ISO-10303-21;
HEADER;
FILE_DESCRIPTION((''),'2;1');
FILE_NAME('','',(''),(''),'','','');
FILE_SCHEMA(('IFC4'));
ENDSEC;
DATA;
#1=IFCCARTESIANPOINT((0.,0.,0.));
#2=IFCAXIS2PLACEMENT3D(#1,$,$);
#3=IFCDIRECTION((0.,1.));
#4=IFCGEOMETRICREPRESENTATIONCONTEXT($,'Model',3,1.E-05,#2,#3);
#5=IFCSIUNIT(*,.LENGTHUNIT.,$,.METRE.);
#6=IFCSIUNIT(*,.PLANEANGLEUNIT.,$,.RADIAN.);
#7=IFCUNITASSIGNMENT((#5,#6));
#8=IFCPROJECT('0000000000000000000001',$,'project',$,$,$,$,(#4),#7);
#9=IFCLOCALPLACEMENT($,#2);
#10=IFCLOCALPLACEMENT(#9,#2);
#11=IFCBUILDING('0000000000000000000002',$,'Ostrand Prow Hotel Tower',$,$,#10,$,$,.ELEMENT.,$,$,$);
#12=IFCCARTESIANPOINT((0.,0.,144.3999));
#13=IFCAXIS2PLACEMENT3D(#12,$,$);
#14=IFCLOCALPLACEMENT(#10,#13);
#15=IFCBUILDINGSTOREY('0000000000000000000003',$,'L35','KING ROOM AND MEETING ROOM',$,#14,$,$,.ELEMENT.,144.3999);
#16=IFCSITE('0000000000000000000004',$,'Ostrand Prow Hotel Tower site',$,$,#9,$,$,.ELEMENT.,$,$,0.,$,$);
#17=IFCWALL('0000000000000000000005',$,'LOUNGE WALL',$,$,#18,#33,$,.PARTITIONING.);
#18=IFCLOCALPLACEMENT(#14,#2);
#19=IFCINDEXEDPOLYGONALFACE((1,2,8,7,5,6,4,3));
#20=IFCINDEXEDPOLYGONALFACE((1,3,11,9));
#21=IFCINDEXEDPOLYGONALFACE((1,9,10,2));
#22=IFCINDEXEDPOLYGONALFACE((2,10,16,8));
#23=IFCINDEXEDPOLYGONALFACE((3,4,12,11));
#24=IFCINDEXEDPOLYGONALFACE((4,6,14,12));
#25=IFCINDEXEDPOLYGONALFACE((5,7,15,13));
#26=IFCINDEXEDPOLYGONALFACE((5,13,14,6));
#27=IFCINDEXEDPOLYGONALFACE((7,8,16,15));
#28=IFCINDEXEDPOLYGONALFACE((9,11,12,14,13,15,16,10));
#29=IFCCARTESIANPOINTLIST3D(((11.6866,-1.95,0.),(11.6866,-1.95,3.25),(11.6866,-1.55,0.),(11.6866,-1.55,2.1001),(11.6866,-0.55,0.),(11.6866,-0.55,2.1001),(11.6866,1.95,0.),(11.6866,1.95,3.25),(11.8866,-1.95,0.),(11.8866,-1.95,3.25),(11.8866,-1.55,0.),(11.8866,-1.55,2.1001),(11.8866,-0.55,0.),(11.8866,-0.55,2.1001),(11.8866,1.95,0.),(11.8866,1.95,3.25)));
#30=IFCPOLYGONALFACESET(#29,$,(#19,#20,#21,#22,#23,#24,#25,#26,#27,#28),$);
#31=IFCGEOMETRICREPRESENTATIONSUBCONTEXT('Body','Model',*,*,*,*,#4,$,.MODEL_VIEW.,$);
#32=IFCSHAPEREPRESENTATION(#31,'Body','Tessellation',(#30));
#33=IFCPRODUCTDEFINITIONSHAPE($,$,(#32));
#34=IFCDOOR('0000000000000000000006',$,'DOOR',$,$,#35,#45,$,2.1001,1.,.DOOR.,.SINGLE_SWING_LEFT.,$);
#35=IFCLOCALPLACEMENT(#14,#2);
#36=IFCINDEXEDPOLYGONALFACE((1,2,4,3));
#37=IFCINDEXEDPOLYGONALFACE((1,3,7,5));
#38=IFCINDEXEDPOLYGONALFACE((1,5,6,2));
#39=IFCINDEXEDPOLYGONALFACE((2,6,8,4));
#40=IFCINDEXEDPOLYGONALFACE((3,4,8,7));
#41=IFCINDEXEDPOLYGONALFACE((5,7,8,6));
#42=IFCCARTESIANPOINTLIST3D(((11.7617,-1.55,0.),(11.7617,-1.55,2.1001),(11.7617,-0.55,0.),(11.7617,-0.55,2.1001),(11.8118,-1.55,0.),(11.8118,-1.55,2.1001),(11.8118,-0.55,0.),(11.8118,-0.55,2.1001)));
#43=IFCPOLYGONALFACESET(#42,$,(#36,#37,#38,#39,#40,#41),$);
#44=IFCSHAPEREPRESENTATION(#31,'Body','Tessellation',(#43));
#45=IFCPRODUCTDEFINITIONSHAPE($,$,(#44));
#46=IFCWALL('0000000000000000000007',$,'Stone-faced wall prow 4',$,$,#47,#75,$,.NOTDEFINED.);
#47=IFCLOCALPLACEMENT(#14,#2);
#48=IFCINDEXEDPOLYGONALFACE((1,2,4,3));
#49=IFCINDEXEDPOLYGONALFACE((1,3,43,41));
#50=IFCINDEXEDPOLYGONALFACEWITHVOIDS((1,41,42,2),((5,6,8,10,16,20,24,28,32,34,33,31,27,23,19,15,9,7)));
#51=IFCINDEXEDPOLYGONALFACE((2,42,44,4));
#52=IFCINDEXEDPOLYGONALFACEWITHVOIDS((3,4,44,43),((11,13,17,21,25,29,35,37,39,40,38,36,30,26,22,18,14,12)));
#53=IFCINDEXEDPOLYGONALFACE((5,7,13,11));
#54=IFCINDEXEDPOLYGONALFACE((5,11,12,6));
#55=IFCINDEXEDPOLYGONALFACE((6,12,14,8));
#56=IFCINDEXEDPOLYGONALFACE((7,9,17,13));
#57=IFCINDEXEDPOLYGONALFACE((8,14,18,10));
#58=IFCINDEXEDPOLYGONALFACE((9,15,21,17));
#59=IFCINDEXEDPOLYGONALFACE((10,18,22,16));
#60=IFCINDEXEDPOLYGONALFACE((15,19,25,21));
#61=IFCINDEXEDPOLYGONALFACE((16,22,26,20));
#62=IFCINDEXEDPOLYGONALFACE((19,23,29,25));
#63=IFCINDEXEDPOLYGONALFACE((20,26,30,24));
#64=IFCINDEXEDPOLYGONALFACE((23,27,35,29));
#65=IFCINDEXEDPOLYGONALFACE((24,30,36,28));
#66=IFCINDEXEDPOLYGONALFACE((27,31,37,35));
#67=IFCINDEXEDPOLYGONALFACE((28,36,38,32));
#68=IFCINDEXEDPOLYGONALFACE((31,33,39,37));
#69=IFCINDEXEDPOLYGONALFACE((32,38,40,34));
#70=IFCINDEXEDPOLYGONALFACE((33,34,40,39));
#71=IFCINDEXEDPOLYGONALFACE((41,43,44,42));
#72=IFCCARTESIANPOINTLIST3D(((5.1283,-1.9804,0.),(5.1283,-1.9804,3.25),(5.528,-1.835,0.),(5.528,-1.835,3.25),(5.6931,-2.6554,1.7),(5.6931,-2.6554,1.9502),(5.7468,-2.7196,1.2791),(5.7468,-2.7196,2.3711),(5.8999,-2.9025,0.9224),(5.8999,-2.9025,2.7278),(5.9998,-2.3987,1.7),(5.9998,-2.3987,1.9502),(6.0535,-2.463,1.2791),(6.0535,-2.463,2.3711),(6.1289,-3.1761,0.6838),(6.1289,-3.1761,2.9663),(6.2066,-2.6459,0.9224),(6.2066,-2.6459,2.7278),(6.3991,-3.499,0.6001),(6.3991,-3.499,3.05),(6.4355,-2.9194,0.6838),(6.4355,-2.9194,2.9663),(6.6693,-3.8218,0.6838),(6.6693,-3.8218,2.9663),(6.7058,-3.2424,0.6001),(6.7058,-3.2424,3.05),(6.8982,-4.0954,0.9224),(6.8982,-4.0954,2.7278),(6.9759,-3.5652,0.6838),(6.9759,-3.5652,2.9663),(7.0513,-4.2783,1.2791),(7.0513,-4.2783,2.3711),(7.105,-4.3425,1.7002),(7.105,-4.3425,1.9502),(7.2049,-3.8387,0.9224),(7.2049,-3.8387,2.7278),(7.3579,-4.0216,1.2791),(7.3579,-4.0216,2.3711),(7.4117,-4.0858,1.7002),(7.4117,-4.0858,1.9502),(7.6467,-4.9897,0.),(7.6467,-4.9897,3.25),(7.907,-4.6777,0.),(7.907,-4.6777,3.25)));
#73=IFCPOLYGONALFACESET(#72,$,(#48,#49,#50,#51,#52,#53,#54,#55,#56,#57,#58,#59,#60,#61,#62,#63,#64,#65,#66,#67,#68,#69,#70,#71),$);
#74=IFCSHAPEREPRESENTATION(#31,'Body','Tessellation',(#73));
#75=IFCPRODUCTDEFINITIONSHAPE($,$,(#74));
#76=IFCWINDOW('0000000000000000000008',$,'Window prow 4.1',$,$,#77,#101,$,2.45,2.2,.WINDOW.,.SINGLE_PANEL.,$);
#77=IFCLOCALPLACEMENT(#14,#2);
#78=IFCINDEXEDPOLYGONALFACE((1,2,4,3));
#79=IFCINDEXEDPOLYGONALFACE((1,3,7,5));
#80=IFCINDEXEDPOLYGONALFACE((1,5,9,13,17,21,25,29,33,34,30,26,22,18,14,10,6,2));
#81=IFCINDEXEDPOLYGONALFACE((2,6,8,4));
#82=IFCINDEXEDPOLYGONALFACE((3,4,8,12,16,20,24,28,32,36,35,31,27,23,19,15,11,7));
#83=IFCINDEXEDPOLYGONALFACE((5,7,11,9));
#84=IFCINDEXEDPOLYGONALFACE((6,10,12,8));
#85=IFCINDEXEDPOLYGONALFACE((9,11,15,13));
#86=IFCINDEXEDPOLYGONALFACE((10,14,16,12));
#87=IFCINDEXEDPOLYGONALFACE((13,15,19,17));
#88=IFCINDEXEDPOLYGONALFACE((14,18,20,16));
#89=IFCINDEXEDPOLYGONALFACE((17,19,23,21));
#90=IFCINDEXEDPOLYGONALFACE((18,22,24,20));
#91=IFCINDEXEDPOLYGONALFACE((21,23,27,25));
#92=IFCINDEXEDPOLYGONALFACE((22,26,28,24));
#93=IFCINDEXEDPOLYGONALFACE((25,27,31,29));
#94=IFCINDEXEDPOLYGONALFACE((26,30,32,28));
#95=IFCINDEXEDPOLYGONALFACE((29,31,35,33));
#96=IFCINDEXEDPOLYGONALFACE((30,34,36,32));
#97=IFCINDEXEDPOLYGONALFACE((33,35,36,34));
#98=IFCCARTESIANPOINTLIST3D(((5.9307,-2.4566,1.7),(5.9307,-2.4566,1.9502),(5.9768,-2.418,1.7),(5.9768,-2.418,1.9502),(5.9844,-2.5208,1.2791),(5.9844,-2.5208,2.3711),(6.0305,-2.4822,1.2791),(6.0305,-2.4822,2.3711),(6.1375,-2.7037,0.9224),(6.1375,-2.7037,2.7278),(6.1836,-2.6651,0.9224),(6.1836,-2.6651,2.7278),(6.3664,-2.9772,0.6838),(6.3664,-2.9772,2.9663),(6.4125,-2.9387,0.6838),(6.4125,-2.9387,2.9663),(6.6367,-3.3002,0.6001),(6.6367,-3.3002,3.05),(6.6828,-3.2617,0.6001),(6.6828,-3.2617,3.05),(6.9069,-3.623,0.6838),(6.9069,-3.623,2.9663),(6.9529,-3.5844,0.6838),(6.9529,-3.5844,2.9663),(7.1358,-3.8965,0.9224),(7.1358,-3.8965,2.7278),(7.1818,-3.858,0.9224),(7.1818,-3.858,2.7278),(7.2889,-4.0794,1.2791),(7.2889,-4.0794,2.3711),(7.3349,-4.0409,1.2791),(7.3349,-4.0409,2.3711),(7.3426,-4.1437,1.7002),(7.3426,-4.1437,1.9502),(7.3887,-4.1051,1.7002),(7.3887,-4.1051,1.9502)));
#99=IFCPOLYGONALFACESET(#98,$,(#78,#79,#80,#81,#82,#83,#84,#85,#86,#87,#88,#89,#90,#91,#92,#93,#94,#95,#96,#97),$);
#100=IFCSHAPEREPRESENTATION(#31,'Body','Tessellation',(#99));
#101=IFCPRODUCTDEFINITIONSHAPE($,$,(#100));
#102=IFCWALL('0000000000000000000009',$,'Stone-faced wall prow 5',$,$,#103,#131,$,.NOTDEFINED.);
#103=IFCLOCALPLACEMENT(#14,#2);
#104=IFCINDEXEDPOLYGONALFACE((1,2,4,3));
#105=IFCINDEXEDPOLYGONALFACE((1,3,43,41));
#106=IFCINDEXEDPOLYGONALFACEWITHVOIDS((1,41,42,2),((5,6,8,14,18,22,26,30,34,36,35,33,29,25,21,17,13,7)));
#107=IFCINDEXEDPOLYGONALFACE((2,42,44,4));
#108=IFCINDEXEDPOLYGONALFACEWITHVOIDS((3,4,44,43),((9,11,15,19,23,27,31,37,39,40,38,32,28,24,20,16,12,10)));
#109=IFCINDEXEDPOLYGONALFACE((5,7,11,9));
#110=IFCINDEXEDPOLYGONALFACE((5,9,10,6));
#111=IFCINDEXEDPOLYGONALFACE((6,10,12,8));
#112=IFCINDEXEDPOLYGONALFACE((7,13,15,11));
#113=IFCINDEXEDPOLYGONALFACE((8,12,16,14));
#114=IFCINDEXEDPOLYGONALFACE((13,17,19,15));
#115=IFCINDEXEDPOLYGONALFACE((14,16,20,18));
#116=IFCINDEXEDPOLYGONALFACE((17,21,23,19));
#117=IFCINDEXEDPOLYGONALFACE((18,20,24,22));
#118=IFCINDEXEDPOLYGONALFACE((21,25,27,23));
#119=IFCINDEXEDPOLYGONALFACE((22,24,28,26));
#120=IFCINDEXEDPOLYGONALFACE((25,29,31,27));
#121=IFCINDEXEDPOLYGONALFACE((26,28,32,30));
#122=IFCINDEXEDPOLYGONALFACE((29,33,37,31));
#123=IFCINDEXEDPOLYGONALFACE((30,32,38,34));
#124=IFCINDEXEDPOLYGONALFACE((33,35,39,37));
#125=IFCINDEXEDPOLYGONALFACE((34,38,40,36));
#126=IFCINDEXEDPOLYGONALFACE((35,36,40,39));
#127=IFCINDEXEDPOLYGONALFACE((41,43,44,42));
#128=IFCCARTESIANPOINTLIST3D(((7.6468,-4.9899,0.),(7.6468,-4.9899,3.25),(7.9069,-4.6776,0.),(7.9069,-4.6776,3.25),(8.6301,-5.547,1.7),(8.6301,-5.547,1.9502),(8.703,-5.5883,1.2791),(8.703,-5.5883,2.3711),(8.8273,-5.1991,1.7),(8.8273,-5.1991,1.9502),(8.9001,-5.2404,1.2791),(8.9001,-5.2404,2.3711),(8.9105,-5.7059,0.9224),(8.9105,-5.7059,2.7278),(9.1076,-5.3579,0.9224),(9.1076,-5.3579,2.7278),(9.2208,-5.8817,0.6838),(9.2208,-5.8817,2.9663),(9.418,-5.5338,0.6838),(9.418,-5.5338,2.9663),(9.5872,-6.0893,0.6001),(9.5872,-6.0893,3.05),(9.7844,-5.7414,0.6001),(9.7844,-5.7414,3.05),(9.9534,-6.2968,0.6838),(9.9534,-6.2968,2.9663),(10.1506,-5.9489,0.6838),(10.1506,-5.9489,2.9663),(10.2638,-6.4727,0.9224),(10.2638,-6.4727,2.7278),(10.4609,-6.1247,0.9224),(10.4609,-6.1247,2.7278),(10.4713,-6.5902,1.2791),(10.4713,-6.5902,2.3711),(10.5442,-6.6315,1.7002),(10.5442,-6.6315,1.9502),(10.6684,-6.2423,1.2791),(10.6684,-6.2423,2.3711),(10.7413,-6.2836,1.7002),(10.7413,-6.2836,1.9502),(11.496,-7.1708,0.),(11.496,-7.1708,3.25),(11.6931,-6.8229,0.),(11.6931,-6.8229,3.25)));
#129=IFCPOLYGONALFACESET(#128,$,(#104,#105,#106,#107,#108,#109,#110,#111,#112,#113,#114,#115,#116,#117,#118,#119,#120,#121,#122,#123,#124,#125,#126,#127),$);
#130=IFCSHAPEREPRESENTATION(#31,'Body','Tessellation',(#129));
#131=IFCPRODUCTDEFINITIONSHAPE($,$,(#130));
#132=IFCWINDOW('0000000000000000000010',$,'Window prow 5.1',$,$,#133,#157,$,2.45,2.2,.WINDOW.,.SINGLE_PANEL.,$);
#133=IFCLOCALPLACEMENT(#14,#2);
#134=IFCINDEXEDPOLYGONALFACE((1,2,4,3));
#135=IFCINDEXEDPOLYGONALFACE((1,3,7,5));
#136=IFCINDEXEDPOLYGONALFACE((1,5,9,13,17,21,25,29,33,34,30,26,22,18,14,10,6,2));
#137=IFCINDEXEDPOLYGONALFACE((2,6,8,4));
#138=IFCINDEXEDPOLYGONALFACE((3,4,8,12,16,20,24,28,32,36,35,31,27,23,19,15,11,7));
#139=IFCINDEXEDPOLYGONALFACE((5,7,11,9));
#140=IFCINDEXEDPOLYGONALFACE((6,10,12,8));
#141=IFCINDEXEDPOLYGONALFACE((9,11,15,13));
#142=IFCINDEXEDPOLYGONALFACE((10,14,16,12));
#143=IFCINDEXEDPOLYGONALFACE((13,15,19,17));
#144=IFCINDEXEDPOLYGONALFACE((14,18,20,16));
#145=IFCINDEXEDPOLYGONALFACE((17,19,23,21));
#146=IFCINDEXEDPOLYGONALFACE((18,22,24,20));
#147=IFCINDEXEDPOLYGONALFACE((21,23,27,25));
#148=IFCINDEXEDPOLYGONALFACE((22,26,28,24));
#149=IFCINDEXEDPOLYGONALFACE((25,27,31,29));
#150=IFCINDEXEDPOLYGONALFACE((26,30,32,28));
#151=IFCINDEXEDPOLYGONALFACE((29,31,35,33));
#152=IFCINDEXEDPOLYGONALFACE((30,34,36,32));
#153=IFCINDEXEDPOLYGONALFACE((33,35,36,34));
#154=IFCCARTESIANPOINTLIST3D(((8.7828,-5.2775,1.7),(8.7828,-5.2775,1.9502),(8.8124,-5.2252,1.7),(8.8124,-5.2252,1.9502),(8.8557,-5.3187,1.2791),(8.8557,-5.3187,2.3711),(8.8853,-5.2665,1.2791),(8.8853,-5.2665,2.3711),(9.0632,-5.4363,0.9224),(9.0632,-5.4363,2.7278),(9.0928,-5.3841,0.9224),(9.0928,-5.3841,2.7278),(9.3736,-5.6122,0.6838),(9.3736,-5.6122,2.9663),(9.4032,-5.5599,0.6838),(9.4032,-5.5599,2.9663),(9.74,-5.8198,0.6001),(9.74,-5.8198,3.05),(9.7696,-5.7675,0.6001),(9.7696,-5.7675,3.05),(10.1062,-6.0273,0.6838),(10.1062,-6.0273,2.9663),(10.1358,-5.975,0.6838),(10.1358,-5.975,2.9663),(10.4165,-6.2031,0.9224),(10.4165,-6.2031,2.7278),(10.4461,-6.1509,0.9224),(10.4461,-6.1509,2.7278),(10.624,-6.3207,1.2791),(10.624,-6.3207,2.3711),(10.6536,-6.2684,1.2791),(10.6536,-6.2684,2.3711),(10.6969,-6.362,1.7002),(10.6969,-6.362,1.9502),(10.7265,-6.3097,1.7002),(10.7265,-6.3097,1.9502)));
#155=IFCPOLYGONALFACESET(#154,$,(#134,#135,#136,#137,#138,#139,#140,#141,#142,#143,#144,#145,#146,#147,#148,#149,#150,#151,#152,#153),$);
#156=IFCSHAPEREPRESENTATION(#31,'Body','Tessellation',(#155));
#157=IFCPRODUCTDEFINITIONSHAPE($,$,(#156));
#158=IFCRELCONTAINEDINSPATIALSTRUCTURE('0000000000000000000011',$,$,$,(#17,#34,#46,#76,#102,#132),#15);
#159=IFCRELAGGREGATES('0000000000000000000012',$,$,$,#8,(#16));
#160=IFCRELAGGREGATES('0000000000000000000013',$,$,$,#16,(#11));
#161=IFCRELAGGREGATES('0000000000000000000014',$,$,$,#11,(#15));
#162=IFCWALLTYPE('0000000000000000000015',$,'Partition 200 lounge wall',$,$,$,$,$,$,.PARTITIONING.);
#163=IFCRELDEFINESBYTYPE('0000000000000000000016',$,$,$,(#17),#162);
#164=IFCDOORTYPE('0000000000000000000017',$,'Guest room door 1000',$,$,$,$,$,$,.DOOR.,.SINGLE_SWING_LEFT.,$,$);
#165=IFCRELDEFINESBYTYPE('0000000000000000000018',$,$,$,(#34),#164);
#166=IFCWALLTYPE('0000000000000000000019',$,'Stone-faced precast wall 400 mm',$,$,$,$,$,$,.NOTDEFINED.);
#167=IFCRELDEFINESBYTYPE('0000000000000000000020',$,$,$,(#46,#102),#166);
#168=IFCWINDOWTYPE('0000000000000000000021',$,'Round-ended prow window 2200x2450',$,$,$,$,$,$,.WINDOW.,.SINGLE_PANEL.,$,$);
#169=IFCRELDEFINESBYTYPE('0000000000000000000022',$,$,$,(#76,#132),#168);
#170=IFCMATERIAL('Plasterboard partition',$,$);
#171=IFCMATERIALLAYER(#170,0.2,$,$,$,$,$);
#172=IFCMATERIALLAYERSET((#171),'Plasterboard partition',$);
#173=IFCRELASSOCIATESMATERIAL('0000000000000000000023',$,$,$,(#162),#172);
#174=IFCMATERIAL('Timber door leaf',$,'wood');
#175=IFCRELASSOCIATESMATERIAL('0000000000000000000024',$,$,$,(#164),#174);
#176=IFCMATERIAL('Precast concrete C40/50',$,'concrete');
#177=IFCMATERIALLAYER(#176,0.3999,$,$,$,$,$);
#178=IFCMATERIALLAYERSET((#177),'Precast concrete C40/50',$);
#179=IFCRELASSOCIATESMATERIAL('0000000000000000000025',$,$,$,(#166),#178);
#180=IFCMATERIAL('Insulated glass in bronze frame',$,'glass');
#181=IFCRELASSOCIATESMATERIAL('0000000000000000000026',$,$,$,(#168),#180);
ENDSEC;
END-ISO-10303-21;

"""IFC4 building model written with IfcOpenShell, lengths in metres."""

from ifc_helpers import new_model, si_unit, direction, frame, frame_2d, origin, place, context, subcontext, project, spatial, polyline, rectangle, outline, extrude, material, layer, layer_set, type_object, element, fill, save


model = new_model("IFC4")

# Units and contexts
model_context = context("Model", 3, precision=1e-05, world=origin(), true_north=direction((0.0, 1.0)))
body_context = subcontext(model_context, "Body", "Model", "MODEL_VIEW")
ifc_project = project(units=[si_unit("LENGTHUNIT", "METRE"), si_unit("PLANEANGLEUNIT", "RADIAN")], contexts=[model_context])

# Site, building, storey
site_placement = place(None, origin())
site = spatial("IfcSite", under=ifc_project, at=site_placement, Name="Ostrand Prow Hotel Tower site", CompositionType="ELEMENT", RefElevation=0.0)
building_placement = place(site_placement, origin())
building = spatial("IfcBuilding", under=site, at=building_placement, Name="Ostrand Prow Hotel Tower", CompositionType="ELEMENT")
storey_placement = place(building_placement, frame((0.0, 0.0, 144.3999)))
storey = spatial("IfcBuildingStorey", under=building, at=storey_placement, Name="L35", Description="KING ROOM AND MEETING ROOM", CompositionType="ELEMENT", Elevation=144.3999)

# Wall, opening, door
ifc_material_1 = material(Name="Plasterboard partition")
ifc_layer_1 = layer(ifc_material_1, 0.2)
ifc_layer_set_1 = layer_set([ifc_layer_1], Name="Plasterboard partition")
wall_type_1 = type_object("IfcWallType", Name="Partition 200 lounge wall", PredefinedType="PARTITIONING", material=ifc_layer_set_1)
wall_1_placement = place(storey_placement, frame((11.7866, -1.95, 0.0), z_axis=(0.0, 0.0, 1.0), x_axis=(0.0, 1.0, 0.0)))
wall_1 = element("IfcWall", 1, at=wall_1_placement, inside=storey, type_object=wall_type_1, Name="LOUNGE WALL", PredefinedType="PARTITIONING", context=body_context, shape_type="SweptSolid", body=[
    extrude(rectangle(XDim=3.8999, YDim=0.2, at=frame_2d((1.95, 0.0))), origin(), (0.0, 0.0, 1.0), 3.25),
])
opening_1_placement = place(wall_1_placement, frame((0.3999, 0.0, 0.0)))
opening_1 = element("IfcOpeningElement", 2, at=opening_1_placement, cuts=wall_1, PredefinedType="OPENING", context=body_context, shape_type="SweptSolid", body=[
    extrude(rectangle(XDim=1.0, YDim=2.1001, at=frame_2d((0.5, 1.05))), frame((0.0, 0.1099, 0.0), z_axis=(0.0, -1.0, 0.0), x_axis=(1.0, 0.0, 0.0)), (0.0, 0.0, 1.0), 0.22),
])
ifc_material_2 = material(Name="Timber door leaf", Category="wood")
door_type_1 = type_object("IfcDoorType", Name="Guest room door 1000", OperationType="SINGLE_SWING_LEFT", PredefinedType="DOOR", material=ifc_material_2)
door_1_placement = place(opening_1_placement, origin())
door_1 = element("IfcDoor", 3, at=door_1_placement, inside=storey, type_object=door_type_1, Name="DOOR", OperationType="SINGLE_SWING_LEFT", OverallHeight=2.1001, OverallWidth=1.0, PredefinedType="DOOR", context=body_context, shape_type="SweptSolid", body=[
    extrude(rectangle(XDim=1.0, YDim=2.1001, at=frame_2d((0.5, 1.05))), frame((0.0, 0.0249, 0.0), z_axis=(0.0, -1.0, 0.0), x_axis=(1.0, 0.0, 0.0)), (0.0, 0.0, 1.0), 0.05),
])
fill(opening_1, door_1)

# Walls, openings, windows
ifc_material_3 = material(Name="Precast concrete C40/50", Category="concrete")
ifc_layer_2 = layer(ifc_material_3, 0.3999)
ifc_layer_set_2 = layer_set([ifc_layer_2], Name="Precast concrete C40/50")
wall_type_2 = type_object("IfcWallType", Name="Stone-faced precast wall 400 mm", PredefinedType="NOTDEFINED", material=ifc_layer_set_2)
wall_2_placement = place(storey_placement, frame((5.3281, -1.9077, 0.0), z_axis=(0.0, 0.0, 1.0), x_axis=(0.641788, -0.766882, 0.0)))
wall_2 = element("IfcWall", 4, at=wall_2_placement, inside=storey, type_object=wall_type_2, Name="Stone-faced wall prow 4", PredefinedType="NOTDEFINED", context=body_context, shape_type="SweptSolid", body=[
    extrude(outline(polyline([(-0.0725, -0.2), (3.8516, -0.2), (3.7793, 0.2), (0.0725, 0.2), (-0.0725, -0.2)])), origin(), (0.0, 0.0, 1.0), 3.25),
])
opening_2_placement = place(wall_2_placement, frame((0.8076, 0.0, 0.6001)))
opening_2 = element("IfcOpeningElement", 5, at=opening_2_placement, cuts=wall_2, PredefinedType="OPENING", context=body_context, shape_type="SweptSolid", body=[
    extrude(outline(polyline([(0.0, 1.3501), (0.0837, 1.771), (0.3223, 2.1277), (0.679, 2.3662), (1.1001, 2.45), (1.521, 2.3662), (1.8777, 2.1277), (2.1162, 1.771), (2.2, 1.3501), (2.2, 1.1001), (2.1162, 0.679), (1.8777, 0.3223), (1.521, 0.0837), (1.1001, 0.0), (0.679, 0.0837), (0.3223, 0.3223), (0.0837, 0.679), (0.0, 1.0999), (0.0, 1.3501)])), frame((0.0, 0.21, 0.0), z_axis=(0.0, -1.0, 0.0), x_axis=(1.0, 0.0, 0.0)), (0.0, 0.0, 1.0), 0.4199),
])
ifc_material_4 = material(Name="Insulated glass in bronze frame", Category="glass")
window_type = type_object("IfcWindowType", Name="Round-ended prow window 2200x2450", PartitioningType="SINGLE_PANEL", PredefinedType="WINDOW", material=ifc_material_4)
window_1_placement = place(opening_2_placement, origin())
window_1 = element("IfcWindow", 6, at=window_1_placement, inside=storey, type_object=window_type, Name="Window prow 4.1", OverallHeight=2.45, OverallWidth=2.2, PartitioningType="SINGLE_PANEL", PredefinedType="WINDOW", context=body_context, shape_type="SweptSolid", body=[
    extrude(outline(polyline([(0.0, 1.3501), (0.0837, 1.771), (0.3223, 2.1277), (0.679, 2.3662), (1.1001, 2.45), (1.521, 2.3662), (1.8777, 2.1277), (2.1162, 1.771), (2.2, 1.3501), (2.2, 1.1001), (2.1162, 0.679), (1.8777, 0.3223), (1.521, 0.0837), (1.1001, 0.0), (0.679, 0.0837), (0.3223, 0.3223), (0.0837, 0.679), (0.0, 1.0999), (0.0, 1.3501)])), frame((0.0, 0.1699, 0.0), z_axis=(0.0, -1.0, 0.0), x_axis=(1.0, 0.0, 0.0)), (0.0, 0.0, 1.0), 0.0601),
])
fill(opening_2, window_1)
wall_3_placement = place(storey_placement, frame((7.7769, -4.8337, 0.0), z_axis=(0.0, 0.0, 1.0), x_axis=(0.870045, -0.492972, 0.0)))
wall_3 = element("IfcWall", 7, at=wall_3_placement, inside=storey, type_object=wall_type_2, Name="Stone-faced wall prow 5", PredefinedType="NOTDEFINED", context=body_context, shape_type="SweptSolid", body=[
    extrude(outline(polyline([(-0.0361, -0.2), (4.3879, -0.2), (4.3879, 0.2), (0.0361, 0.2), (-0.0361, -0.2)])), origin(), (0.0, 0.0, 1.0), 3.25),
])
opening_3_placement = place(wall_3_placement, frame((1.094, 0.0, 0.6001)))
opening_3 = element("IfcOpeningElement", 8, at=opening_3_placement, cuts=wall_3, PredefinedType="OPENING", context=body_context, shape_type="SweptSolid", body=[
    extrude(outline(polyline([(0.0, 1.3501), (0.0837, 1.771), (0.3223, 2.1277), (0.679, 2.3662), (1.1001, 2.45), (1.521, 2.3662), (1.8777, 2.1277), (2.1162, 1.771), (2.2, 1.3501), (2.2, 1.1001), (2.1162, 0.679), (1.8777, 0.3223), (1.521, 0.0837), (1.1001, 0.0), (0.679, 0.0837), (0.3223, 0.3223), (0.0837, 0.679), (0.0, 1.0999), (0.0, 1.3501)])), frame((0.0, 0.21, 0.0), z_axis=(0.0, -1.0, 0.0), x_axis=(1.0, 0.0, 0.0)), (0.0, 0.0, 1.0), 0.4199),
])
window_2_placement = place(opening_3_placement, origin())
window_2 = element("IfcWindow", 9, at=window_2_placement, inside=storey, type_object=window_type, Name="Window prow 5.1", OverallHeight=2.45, OverallWidth=2.2, PartitioningType="SINGLE_PANEL", PredefinedType="WINDOW", context=body_context, shape_type="SweptSolid", body=[
    extrude(outline(polyline([(0.0, 1.3501), (0.0837, 1.771), (0.3223, 2.1277), (0.679, 2.3662), (1.1001, 2.45), (1.521, 2.3662), (1.8777, 2.1277), (2.1162, 1.771), (2.2, 1.3501), (2.2, 1.1001), (2.1162, 0.679), (1.8777, 0.3223), (1.521, 0.0837), (1.1001, 0.0), (0.679, 0.0837), (0.3223, 0.3223), (0.0837, 0.679), (0.0, 1.0999), (0.0, 1.3501)])), frame((0.0, 0.1699, 0.0), z_axis=(0.0, -1.0, 0.0), x_axis=(1.0, 0.0, 0.0)), (0.0, 0.0, 1.0), 0.0601),
])
fill(opening_3, window_2)

save(model, "model.ifc")
